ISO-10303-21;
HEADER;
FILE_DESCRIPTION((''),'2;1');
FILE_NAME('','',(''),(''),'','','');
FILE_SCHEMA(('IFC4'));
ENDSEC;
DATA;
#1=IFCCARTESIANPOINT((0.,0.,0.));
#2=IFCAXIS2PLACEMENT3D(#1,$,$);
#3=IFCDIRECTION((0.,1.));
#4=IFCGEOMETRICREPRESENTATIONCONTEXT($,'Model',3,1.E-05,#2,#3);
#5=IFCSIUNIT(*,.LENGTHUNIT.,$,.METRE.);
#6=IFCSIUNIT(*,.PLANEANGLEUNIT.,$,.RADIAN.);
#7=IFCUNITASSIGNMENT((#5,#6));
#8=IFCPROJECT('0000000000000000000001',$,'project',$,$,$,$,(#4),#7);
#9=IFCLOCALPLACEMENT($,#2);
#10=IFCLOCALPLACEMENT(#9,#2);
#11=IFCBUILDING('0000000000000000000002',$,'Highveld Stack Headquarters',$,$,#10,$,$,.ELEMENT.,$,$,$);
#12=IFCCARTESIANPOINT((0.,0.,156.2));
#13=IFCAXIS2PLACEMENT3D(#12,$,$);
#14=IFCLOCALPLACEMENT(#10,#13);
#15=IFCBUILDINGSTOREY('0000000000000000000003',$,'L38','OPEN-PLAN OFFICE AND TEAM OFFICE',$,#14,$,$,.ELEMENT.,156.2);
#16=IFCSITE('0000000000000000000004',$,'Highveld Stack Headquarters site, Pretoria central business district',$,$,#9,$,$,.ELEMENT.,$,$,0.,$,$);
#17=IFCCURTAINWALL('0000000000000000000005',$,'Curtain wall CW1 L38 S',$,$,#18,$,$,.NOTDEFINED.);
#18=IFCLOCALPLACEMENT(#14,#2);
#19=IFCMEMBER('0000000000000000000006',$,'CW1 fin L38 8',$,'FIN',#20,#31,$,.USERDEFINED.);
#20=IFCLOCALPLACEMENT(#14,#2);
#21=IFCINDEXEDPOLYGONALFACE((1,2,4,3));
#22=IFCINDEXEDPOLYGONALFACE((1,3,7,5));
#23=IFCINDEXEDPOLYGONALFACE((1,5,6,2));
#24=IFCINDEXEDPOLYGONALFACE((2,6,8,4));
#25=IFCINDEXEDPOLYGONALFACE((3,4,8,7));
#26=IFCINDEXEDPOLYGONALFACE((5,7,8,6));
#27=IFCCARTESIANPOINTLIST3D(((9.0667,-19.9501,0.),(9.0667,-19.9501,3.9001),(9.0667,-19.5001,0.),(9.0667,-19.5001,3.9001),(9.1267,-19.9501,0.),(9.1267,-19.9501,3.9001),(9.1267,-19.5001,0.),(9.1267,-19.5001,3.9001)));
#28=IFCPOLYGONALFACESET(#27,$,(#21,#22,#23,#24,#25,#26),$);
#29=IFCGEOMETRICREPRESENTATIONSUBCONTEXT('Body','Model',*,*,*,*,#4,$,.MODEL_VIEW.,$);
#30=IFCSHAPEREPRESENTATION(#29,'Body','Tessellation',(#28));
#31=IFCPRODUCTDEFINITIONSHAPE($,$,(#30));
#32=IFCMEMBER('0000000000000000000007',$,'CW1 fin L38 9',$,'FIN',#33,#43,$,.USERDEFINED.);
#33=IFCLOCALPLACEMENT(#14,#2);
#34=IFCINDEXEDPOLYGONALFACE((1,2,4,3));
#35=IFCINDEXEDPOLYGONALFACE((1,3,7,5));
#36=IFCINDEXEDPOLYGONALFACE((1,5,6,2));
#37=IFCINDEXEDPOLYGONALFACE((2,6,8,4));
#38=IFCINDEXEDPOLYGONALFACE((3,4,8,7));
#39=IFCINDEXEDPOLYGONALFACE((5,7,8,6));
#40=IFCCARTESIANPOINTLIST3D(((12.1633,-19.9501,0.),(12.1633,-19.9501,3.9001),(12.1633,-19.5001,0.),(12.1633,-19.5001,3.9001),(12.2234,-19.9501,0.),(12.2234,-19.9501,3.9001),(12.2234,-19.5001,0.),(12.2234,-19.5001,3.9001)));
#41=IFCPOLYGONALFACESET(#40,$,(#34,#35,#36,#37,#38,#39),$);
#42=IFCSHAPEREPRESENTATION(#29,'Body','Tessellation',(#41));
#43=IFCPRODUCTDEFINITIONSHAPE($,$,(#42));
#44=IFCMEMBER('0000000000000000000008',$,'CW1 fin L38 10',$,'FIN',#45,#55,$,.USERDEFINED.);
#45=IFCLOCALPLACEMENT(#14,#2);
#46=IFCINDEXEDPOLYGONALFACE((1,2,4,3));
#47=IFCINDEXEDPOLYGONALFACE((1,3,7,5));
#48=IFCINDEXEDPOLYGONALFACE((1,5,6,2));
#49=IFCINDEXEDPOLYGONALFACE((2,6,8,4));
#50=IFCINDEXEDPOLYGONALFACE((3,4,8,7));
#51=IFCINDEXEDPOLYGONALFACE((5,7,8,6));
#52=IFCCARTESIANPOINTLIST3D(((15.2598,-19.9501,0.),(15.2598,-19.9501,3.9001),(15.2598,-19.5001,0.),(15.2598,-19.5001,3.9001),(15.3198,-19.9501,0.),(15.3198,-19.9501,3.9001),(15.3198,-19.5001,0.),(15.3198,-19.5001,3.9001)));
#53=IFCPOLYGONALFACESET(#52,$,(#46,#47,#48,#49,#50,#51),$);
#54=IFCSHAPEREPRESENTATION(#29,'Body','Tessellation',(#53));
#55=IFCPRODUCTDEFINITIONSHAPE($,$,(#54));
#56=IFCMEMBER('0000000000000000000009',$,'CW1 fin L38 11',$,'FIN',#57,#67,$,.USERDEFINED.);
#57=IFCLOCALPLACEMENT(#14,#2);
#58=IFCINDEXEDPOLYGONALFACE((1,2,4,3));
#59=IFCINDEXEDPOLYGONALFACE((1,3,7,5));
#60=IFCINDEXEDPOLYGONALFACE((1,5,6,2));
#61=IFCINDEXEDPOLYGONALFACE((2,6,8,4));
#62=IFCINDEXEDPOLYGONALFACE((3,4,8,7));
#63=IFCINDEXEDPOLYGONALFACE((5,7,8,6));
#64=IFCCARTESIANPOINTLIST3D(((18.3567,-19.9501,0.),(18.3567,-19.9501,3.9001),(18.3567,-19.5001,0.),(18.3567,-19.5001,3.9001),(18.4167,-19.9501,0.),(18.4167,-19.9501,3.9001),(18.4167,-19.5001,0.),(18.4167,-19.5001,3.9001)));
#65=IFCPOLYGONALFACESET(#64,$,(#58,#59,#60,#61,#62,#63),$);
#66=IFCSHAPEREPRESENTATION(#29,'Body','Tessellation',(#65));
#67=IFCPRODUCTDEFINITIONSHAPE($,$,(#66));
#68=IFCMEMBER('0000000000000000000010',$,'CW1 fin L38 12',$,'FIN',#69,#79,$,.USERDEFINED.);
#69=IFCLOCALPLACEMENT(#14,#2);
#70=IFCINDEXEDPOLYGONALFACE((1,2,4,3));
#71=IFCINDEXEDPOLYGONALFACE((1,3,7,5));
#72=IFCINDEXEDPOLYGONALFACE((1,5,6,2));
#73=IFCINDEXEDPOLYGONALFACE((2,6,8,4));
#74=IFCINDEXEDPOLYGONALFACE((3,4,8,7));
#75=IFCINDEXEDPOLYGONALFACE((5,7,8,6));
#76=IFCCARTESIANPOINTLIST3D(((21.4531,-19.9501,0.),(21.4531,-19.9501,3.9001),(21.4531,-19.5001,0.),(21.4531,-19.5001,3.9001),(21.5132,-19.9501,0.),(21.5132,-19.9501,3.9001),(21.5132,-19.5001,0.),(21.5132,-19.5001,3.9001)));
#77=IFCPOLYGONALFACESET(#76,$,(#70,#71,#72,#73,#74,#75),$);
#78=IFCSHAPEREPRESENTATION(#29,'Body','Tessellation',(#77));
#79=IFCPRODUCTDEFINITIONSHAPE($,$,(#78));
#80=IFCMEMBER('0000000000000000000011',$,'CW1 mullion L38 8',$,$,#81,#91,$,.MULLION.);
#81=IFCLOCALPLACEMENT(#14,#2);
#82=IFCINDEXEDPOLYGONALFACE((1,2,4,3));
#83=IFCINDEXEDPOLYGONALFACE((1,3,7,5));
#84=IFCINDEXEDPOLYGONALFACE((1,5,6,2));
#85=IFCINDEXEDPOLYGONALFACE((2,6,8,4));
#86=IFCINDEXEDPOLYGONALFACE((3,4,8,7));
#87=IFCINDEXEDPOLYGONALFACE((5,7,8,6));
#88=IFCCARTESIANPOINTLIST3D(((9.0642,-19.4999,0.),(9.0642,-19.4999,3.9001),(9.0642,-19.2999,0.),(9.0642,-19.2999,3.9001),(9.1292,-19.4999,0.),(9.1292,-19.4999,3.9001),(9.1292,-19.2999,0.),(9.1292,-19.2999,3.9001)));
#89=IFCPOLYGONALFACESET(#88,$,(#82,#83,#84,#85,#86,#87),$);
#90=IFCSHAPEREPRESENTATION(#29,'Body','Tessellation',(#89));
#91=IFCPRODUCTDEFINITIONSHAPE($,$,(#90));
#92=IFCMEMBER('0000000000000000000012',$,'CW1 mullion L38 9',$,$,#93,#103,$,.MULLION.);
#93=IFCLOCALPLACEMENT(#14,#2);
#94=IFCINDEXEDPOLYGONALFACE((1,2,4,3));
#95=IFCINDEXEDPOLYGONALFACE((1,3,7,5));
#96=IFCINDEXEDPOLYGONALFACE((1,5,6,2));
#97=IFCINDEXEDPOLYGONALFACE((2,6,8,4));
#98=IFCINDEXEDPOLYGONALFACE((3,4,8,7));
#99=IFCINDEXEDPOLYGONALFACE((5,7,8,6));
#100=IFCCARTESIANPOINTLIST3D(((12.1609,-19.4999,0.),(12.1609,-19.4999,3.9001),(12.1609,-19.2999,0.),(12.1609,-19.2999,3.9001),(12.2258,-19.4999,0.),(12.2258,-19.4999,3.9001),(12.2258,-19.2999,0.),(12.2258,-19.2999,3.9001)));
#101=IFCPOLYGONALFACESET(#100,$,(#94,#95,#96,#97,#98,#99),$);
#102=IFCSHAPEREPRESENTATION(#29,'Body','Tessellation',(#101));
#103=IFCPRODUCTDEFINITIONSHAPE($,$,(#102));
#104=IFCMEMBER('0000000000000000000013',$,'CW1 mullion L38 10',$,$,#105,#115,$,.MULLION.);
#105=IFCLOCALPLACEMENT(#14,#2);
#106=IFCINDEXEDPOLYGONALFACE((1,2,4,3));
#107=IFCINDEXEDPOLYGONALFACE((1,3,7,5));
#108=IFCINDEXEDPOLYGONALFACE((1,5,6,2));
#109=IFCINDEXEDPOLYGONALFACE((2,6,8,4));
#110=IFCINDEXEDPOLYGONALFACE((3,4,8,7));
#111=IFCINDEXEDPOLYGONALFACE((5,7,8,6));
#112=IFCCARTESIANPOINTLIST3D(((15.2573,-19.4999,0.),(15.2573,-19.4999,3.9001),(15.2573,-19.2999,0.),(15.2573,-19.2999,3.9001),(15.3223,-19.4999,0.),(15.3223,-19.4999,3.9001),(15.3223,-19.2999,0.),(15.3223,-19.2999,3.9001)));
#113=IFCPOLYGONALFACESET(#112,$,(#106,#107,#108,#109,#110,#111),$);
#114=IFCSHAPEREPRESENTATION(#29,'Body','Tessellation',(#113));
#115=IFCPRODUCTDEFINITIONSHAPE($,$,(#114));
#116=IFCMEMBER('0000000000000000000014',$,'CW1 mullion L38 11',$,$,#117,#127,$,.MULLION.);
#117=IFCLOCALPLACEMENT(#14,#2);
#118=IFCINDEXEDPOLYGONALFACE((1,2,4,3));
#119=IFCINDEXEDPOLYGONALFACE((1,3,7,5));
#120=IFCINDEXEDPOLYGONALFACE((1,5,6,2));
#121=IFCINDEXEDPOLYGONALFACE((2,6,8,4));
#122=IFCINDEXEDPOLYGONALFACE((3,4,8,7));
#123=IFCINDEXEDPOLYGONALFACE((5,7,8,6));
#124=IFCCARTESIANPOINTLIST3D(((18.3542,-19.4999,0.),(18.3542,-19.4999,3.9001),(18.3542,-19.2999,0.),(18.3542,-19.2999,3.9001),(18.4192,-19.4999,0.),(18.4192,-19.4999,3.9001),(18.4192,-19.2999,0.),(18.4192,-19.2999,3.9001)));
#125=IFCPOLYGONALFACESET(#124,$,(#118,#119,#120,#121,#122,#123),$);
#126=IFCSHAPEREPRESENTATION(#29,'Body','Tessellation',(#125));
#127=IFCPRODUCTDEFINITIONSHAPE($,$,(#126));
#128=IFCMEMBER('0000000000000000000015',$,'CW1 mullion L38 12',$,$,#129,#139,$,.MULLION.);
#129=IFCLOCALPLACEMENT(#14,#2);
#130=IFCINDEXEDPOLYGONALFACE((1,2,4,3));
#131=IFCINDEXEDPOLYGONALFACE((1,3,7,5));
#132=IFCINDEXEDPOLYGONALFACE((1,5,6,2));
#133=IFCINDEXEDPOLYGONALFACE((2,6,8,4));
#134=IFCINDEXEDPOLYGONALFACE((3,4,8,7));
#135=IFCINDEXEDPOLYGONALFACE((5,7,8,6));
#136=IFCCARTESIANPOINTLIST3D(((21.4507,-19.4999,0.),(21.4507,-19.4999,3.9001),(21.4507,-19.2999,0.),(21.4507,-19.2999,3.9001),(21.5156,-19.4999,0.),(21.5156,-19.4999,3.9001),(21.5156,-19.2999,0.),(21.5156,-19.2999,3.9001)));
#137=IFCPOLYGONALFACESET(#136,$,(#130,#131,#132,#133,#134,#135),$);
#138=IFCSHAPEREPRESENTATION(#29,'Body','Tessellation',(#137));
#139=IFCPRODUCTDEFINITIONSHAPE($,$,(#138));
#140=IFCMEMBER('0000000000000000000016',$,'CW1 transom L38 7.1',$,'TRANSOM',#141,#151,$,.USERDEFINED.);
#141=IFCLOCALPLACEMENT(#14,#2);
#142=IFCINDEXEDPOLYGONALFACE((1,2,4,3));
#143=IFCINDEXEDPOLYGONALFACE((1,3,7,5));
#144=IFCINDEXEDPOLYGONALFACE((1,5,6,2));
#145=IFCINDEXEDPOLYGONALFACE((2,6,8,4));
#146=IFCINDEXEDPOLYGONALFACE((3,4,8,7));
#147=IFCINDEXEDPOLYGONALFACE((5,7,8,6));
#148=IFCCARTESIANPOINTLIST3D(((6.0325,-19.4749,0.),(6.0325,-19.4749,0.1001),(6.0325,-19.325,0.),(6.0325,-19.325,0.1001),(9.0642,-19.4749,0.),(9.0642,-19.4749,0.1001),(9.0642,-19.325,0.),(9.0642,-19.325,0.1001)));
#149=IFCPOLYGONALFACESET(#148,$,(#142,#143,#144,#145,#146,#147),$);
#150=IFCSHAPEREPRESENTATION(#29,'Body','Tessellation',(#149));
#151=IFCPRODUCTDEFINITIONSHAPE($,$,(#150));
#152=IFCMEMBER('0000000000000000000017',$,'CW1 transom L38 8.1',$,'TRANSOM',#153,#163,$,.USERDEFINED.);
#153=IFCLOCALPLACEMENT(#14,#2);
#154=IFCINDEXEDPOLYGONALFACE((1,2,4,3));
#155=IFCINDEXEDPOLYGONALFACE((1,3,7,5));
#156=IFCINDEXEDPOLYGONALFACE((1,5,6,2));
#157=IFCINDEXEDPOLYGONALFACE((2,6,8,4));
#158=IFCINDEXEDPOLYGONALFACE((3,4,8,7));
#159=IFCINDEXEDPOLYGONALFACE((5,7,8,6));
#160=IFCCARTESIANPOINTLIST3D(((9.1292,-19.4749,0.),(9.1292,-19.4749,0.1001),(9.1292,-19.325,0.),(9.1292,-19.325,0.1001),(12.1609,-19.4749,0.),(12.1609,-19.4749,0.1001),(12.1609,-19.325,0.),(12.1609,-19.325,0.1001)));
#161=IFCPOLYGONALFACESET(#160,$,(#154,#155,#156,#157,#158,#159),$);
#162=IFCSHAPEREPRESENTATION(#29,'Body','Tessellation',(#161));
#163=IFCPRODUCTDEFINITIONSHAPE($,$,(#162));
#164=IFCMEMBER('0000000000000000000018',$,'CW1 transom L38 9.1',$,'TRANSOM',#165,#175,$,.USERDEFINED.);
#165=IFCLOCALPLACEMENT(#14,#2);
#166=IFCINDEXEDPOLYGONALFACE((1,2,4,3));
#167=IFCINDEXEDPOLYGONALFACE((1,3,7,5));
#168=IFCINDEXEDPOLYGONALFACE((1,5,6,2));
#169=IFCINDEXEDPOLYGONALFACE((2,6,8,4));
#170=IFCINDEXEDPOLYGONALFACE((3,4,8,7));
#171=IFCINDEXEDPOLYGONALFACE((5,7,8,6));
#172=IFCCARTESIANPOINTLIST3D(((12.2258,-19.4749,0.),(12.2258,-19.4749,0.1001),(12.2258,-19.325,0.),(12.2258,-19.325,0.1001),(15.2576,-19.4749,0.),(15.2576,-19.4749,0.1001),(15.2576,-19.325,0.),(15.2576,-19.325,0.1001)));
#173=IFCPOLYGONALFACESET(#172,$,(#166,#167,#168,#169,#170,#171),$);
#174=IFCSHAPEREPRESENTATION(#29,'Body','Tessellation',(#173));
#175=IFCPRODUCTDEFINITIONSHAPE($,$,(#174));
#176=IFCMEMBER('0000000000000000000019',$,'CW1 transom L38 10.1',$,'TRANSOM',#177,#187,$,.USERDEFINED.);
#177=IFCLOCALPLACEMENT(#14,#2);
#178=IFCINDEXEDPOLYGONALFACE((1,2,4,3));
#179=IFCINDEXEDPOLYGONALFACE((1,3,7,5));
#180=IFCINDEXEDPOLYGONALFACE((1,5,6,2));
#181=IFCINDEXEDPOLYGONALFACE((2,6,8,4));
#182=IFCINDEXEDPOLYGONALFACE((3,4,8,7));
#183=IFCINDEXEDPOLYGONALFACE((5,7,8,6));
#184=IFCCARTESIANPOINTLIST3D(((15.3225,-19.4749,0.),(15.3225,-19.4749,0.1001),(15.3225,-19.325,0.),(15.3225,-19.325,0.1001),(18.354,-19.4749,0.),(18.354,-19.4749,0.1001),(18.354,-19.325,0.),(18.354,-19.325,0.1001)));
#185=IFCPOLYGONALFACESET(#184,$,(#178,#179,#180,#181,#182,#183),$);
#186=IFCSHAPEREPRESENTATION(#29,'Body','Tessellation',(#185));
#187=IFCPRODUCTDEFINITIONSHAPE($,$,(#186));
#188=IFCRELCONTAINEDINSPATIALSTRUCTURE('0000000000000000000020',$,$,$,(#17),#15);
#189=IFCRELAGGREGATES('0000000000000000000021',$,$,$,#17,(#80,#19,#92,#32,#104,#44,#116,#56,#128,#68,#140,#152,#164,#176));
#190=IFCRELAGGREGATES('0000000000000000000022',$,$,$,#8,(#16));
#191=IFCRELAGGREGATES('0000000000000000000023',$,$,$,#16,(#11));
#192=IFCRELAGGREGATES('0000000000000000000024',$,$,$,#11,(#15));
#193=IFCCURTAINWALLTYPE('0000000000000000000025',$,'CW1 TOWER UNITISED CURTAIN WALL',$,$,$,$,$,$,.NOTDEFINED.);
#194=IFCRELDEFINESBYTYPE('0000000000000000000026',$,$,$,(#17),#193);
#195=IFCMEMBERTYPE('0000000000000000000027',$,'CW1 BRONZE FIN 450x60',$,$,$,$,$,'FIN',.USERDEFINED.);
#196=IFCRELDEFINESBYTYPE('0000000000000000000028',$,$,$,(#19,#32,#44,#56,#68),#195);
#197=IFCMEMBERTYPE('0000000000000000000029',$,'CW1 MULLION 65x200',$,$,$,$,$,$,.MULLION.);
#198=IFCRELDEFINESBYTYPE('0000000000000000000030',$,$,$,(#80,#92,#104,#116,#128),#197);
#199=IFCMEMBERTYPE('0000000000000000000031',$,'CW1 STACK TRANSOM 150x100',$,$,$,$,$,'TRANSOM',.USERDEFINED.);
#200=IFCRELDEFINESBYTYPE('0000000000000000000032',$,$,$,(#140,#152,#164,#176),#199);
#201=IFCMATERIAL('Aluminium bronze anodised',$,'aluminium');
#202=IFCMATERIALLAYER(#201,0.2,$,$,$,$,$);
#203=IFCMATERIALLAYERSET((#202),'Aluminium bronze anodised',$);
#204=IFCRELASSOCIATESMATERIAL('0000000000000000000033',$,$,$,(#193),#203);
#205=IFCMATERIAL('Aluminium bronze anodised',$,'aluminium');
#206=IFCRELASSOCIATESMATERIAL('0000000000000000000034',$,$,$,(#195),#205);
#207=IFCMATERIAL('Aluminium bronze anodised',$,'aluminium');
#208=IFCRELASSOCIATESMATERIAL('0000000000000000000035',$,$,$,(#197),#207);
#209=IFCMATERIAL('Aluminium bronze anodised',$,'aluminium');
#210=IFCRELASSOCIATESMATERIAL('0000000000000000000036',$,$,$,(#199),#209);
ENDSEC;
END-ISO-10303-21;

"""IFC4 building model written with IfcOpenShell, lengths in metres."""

from ifc_helpers import new_model, si_unit, direction, frame, origin, origin_2d, place, context, subcontext, project, spatial, rectangle, extrude, material, layer, layer_set, material_profile, profile_set, type_object, element, aggregate, save


model = new_model("IFC4")

# Units and contexts
model_context = context("Model", 3, precision=1e-05, world=origin(), true_north=direction((0.0, 1.0)))
body_context = subcontext(model_context, "Body", "Model", "MODEL_VIEW")
ifc_project = project(units=[si_unit("LENGTHUNIT", "METRE"), si_unit("PLANEANGLEUNIT", "RADIAN")], contexts=[model_context])

# Site, building, storey
site_placement = place(None, origin())
site = spatial("IfcSite", under=ifc_project, at=site_placement, Name="Highveld Stack Headquarters site, Pretoria central business district", CompositionType="ELEMENT", RefElevation=0.0)
building_placement = place(site_placement, origin())
building = spatial("IfcBuilding", under=site, at=building_placement, Name="Highveld Stack Headquarters", CompositionType="ELEMENT")
storey_placement = place(building_placement, frame((0.0, 0.0, 156.2)))
storey = spatial("IfcBuildingStorey", under=building, at=storey_placement, Name="L38", Description="OPEN-PLAN OFFICE AND TEAM OFFICE", CompositionType="ELEMENT", Elevation=156.2)

# Curtain wall, members
ifc_material_1 = material(Name="Aluminium bronze anodised", Category="aluminium")
ifc_layer_1 = layer(ifc_material_1, 0.2)
ifc_layer_set_1 = layer_set([ifc_layer_1], Name="Aluminium bronze anodised")
curtain_wall_type = type_object("IfcCurtainWallType", Name="CW1 TOWER UNITISED CURTAIN WALL", PredefinedType="NOTDEFINED", material=ifc_layer_set_1)
curtain_wall_placement = place(storey_placement, origin())
curtain_wall = element("IfcCurtainWall", 1, at=curtain_wall_placement, inside=storey, type_object=curtain_wall_type, Name="Curtain wall CW1 L38 S", PredefinedType="NOTDEFINED")
ifc_material_2 = material(Name="Aluminium bronze anodised", Category="aluminium")
ifc_material_profile_1 = material_profile(ifc_material_2, rectangle(XDim=0.45, YDim=0.0601, at=origin_2d()), Name="FIN 450x60")
ifc_profile_set_1 = profile_set([ifc_material_profile_1], Name="Aluminium bronze anodised")
member_type_1 = type_object("IfcMemberType", Name="CW1 BRONZE FIN 450x60", ElementType="FIN", PredefinedType="USERDEFINED", material=ifc_profile_set_1)
member_1_placement = place(storey_placement, frame((9.0967, -19.7251, 0.0), z_axis=(0.0, 0.0, 1.0), x_axis=(0.0, 1.0, 0.0)))
member_1 = element("IfcMember", 2, at=member_1_placement, type_object=member_type_1, Name="CW1 fin L38 8", ObjectType="FIN", PredefinedType="USERDEFINED", context=body_context, shape_type="SweptSolid", body=[
    extrude(rectangle(XDim=0.45, YDim=0.0601, at=origin_2d()), origin(), (0.0, 0.0, 1.0), 3.9001),
])
member_2_placement = place(storey_placement, frame((12.1934, -19.7251, 0.0), z_axis=(0.0, 0.0, 1.0), x_axis=(0.0, 1.0, 0.0)))
member_2 = element("IfcMember", 3, at=member_2_placement, type_object=member_type_1, Name="CW1 fin L38 9", ObjectType="FIN", PredefinedType="USERDEFINED", context=body_context, shape_type="SweptSolid", body=[
    extrude(rectangle(XDim=0.45, YDim=0.0601, at=origin_2d()), origin(), (0.0, 0.0, 1.0), 3.9001),
])
member_3_placement = place(storey_placement, frame((15.2898, -19.7251, 0.0), z_axis=(0.0, 0.0, 1.0), x_axis=(0.0, 1.0, 0.0)))
member_3 = element("IfcMember", 4, at=member_3_placement, type_object=member_type_1, Name="CW1 fin L38 10", ObjectType="FIN", PredefinedType="USERDEFINED", context=body_context, shape_type="SweptSolid", body=[
    extrude(rectangle(XDim=0.45, YDim=0.0601, at=origin_2d()), origin(), (0.0, 0.0, 1.0), 3.9001),
])
member_4_placement = place(storey_placement, frame((18.3867, -19.7251, 0.0), z_axis=(0.0, 0.0, 1.0), x_axis=(0.0, 1.0, 0.0)))
member_4 = element("IfcMember", 5, at=member_4_placement, type_object=member_type_1, Name="CW1 fin L38 11", ObjectType="FIN", PredefinedType="USERDEFINED", context=body_context, shape_type="SweptSolid", body=[
    extrude(rectangle(XDim=0.45, YDim=0.0601, at=origin_2d()), origin(), (0.0, 0.0, 1.0), 3.9001),
])
member_5_placement = place(storey_placement, frame((21.4832, -19.7251, 0.0), z_axis=(0.0, 0.0, 1.0), x_axis=(0.0, 1.0, 0.0)))
member_5 = element("IfcMember", 6, at=member_5_placement, type_object=member_type_1, Name="CW1 fin L38 12", ObjectType="FIN", PredefinedType="USERDEFINED", context=body_context, shape_type="SweptSolid", body=[
    extrude(rectangle(XDim=0.45, YDim=0.0601, at=origin_2d()), origin(), (0.0, 0.0, 1.0), 3.9001),
])
ifc_material_3 = material(Name="Aluminium bronze anodised", Category="aluminium")
ifc_material_profile_2 = material_profile(ifc_material_3, rectangle(XDim=0.2, YDim=0.0649, at=origin_2d()), Name="CW1 MULLION 65x200")
ifc_profile_set_2 = profile_set([ifc_material_profile_2], Name="Aluminium bronze anodised")
member_type_2 = type_object("IfcMemberType", Name="CW1 MULLION 65x200", PredefinedType="MULLION", material=ifc_profile_set_2)
member_6_placement = place(storey_placement, frame((9.0967, -19.3999, 0.0), z_axis=(0.0, 0.0, 1.0), x_axis=(0.0, 1.0, 0.0)))
member_6 = element("IfcMember", 7, at=member_6_placement, type_object=member_type_2, Name="CW1 mullion L38 8", PredefinedType="MULLION", context=body_context, shape_type="SweptSolid", body=[
    extrude(rectangle(XDim=0.2, YDim=0.0649, at=origin_2d()), origin(), (0.0, 0.0, 1.0), 3.9001),
])
member_7_placement = place(storey_placement, frame((12.1934, -19.3999, 0.0), z_axis=(0.0, 0.0, 1.0), x_axis=(0.0, 1.0, 0.0)))
member_7 = element("IfcMember", 8, at=member_7_placement, type_object=member_type_2, Name="CW1 mullion L38 9", PredefinedType="MULLION", context=body_context, shape_type="SweptSolid", body=[
    extrude(rectangle(XDim=0.2, YDim=0.0649, at=origin_2d()), origin(), (0.0, 0.0, 1.0), 3.9001),
])
member_8_placement = place(storey_placement, frame((15.2898, -19.3999, 0.0), z_axis=(0.0, 0.0, 1.0), x_axis=(0.0, 1.0, 0.0)))
member_8 = element("IfcMember", 9, at=member_8_placement, type_object=member_type_2, Name="CW1 mullion L38 10", PredefinedType="MULLION", context=body_context, shape_type="SweptSolid", body=[
    extrude(rectangle(XDim=0.2, YDim=0.0649, at=origin_2d()), origin(), (0.0, 0.0, 1.0), 3.9001),
])
member_9_placement = place(storey_placement, frame((18.3867, -19.3999, 0.0), z_axis=(0.0, 0.0, 1.0), x_axis=(0.0, 1.0, 0.0)))
member_9 = element("IfcMember", 10, at=member_9_placement, type_object=member_type_2, Name="CW1 mullion L38 11", PredefinedType="MULLION", context=body_context, shape_type="SweptSolid", body=[
    extrude(rectangle(XDim=0.2, YDim=0.0649, at=origin_2d()), origin(), (0.0, 0.0, 1.0), 3.9001),
])
member_10_placement = place(storey_placement, frame((21.4832, -19.3999, 0.0), z_axis=(0.0, 0.0, 1.0), x_axis=(0.0, 1.0, 0.0)))
member_10 = element("IfcMember", 11, at=member_10_placement, type_object=member_type_2, Name="CW1 mullion L38 12", PredefinedType="MULLION", context=body_context, shape_type="SweptSolid", body=[
    extrude(rectangle(XDim=0.2, YDim=0.0649, at=origin_2d()), origin(), (0.0, 0.0, 1.0), 3.9001),
])
ifc_material_4 = material(Name="Aluminium bronze anodised", Category="aluminium")
ifc_material_profile_3 = material_profile(ifc_material_4, rectangle(XDim=0.1499, YDim=0.1001, at=origin_2d()), Name="CW1 TRANSOM 150x100")
ifc_profile_set_3 = profile_set([ifc_material_profile_3], Name="Aluminium bronze anodised")
member_type_3 = type_object("IfcMemberType", Name="CW1 STACK TRANSOM 150x100", ElementType="TRANSOM", PredefinedType="USERDEFINED", material=ifc_profile_set_3)
member_11_placement = place(storey_placement, frame((6.0325, -19.3999, 0.05), z_axis=(1.0, 0.0, 0.0), x_axis=(0.0, 1.0, 0.0)))
member_11 = element("IfcMember", 12, at=member_11_placement, type_object=member_type_3, Name="CW1 transom L38 7.1", ObjectType="TRANSOM", PredefinedType="USERDEFINED", context=body_context, shape_type="SweptSolid", body=[
    extrude(rectangle(XDim=0.1499, YDim=0.1001, at=origin_2d()), origin(), (0.0, 0.0, 1.0), 3.0317),
])
member_12_placement = place(storey_placement, frame((9.1292, -19.3999, 0.05), z_axis=(1.0, 0.0, 0.0), x_axis=(0.0, 1.0, 0.0)))
member_12 = element("IfcMember", 13, at=member_12_placement, type_object=member_type_3, Name="CW1 transom L38 8.1", ObjectType="TRANSOM", PredefinedType="USERDEFINED", context=body_context, shape_type="SweptSolid", body=[
    extrude(rectangle(XDim=0.1499, YDim=0.1001, at=origin_2d()), origin(), (0.0, 0.0, 1.0), 3.0317),
])
member_13_placement = place(storey_placement, frame((12.2258, -19.3999, 0.05), z_axis=(1.0, 0.0, 0.0), x_axis=(0.0, 1.0, 0.0)))
member_13 = element("IfcMember", 14, at=member_13_placement, type_object=member_type_3, Name="CW1 transom L38 9.1", ObjectType="TRANSOM", PredefinedType="USERDEFINED", context=body_context, shape_type="SweptSolid", body=[
    extrude(rectangle(XDim=0.1499, YDim=0.1001, at=origin_2d()), origin(), (0.0, 0.0, 1.0), 3.0317),
])
member_14_placement = place(storey_placement, frame((15.3225, -19.3999, 0.05), z_axis=(1.0, 0.0, 0.0), x_axis=(0.0, 1.0, 0.0)))
member_14 = element("IfcMember", 15, at=member_14_placement, type_object=member_type_3, Name="CW1 transom L38 10.1", ObjectType="TRANSOM", PredefinedType="USERDEFINED", context=body_context, shape_type="SweptSolid", body=[
    extrude(rectangle(XDim=0.1499, YDim=0.1001, at=origin_2d()), origin(), (0.0, 0.0, 1.0), 3.0315),
])
aggregate(curtain_wall, [member_6, member_1, member_7, member_2, member_8, member_3, member_9, member_4, member_10, member_5, member_11, member_12, member_13, member_14])

save(model, "model.ifc")
